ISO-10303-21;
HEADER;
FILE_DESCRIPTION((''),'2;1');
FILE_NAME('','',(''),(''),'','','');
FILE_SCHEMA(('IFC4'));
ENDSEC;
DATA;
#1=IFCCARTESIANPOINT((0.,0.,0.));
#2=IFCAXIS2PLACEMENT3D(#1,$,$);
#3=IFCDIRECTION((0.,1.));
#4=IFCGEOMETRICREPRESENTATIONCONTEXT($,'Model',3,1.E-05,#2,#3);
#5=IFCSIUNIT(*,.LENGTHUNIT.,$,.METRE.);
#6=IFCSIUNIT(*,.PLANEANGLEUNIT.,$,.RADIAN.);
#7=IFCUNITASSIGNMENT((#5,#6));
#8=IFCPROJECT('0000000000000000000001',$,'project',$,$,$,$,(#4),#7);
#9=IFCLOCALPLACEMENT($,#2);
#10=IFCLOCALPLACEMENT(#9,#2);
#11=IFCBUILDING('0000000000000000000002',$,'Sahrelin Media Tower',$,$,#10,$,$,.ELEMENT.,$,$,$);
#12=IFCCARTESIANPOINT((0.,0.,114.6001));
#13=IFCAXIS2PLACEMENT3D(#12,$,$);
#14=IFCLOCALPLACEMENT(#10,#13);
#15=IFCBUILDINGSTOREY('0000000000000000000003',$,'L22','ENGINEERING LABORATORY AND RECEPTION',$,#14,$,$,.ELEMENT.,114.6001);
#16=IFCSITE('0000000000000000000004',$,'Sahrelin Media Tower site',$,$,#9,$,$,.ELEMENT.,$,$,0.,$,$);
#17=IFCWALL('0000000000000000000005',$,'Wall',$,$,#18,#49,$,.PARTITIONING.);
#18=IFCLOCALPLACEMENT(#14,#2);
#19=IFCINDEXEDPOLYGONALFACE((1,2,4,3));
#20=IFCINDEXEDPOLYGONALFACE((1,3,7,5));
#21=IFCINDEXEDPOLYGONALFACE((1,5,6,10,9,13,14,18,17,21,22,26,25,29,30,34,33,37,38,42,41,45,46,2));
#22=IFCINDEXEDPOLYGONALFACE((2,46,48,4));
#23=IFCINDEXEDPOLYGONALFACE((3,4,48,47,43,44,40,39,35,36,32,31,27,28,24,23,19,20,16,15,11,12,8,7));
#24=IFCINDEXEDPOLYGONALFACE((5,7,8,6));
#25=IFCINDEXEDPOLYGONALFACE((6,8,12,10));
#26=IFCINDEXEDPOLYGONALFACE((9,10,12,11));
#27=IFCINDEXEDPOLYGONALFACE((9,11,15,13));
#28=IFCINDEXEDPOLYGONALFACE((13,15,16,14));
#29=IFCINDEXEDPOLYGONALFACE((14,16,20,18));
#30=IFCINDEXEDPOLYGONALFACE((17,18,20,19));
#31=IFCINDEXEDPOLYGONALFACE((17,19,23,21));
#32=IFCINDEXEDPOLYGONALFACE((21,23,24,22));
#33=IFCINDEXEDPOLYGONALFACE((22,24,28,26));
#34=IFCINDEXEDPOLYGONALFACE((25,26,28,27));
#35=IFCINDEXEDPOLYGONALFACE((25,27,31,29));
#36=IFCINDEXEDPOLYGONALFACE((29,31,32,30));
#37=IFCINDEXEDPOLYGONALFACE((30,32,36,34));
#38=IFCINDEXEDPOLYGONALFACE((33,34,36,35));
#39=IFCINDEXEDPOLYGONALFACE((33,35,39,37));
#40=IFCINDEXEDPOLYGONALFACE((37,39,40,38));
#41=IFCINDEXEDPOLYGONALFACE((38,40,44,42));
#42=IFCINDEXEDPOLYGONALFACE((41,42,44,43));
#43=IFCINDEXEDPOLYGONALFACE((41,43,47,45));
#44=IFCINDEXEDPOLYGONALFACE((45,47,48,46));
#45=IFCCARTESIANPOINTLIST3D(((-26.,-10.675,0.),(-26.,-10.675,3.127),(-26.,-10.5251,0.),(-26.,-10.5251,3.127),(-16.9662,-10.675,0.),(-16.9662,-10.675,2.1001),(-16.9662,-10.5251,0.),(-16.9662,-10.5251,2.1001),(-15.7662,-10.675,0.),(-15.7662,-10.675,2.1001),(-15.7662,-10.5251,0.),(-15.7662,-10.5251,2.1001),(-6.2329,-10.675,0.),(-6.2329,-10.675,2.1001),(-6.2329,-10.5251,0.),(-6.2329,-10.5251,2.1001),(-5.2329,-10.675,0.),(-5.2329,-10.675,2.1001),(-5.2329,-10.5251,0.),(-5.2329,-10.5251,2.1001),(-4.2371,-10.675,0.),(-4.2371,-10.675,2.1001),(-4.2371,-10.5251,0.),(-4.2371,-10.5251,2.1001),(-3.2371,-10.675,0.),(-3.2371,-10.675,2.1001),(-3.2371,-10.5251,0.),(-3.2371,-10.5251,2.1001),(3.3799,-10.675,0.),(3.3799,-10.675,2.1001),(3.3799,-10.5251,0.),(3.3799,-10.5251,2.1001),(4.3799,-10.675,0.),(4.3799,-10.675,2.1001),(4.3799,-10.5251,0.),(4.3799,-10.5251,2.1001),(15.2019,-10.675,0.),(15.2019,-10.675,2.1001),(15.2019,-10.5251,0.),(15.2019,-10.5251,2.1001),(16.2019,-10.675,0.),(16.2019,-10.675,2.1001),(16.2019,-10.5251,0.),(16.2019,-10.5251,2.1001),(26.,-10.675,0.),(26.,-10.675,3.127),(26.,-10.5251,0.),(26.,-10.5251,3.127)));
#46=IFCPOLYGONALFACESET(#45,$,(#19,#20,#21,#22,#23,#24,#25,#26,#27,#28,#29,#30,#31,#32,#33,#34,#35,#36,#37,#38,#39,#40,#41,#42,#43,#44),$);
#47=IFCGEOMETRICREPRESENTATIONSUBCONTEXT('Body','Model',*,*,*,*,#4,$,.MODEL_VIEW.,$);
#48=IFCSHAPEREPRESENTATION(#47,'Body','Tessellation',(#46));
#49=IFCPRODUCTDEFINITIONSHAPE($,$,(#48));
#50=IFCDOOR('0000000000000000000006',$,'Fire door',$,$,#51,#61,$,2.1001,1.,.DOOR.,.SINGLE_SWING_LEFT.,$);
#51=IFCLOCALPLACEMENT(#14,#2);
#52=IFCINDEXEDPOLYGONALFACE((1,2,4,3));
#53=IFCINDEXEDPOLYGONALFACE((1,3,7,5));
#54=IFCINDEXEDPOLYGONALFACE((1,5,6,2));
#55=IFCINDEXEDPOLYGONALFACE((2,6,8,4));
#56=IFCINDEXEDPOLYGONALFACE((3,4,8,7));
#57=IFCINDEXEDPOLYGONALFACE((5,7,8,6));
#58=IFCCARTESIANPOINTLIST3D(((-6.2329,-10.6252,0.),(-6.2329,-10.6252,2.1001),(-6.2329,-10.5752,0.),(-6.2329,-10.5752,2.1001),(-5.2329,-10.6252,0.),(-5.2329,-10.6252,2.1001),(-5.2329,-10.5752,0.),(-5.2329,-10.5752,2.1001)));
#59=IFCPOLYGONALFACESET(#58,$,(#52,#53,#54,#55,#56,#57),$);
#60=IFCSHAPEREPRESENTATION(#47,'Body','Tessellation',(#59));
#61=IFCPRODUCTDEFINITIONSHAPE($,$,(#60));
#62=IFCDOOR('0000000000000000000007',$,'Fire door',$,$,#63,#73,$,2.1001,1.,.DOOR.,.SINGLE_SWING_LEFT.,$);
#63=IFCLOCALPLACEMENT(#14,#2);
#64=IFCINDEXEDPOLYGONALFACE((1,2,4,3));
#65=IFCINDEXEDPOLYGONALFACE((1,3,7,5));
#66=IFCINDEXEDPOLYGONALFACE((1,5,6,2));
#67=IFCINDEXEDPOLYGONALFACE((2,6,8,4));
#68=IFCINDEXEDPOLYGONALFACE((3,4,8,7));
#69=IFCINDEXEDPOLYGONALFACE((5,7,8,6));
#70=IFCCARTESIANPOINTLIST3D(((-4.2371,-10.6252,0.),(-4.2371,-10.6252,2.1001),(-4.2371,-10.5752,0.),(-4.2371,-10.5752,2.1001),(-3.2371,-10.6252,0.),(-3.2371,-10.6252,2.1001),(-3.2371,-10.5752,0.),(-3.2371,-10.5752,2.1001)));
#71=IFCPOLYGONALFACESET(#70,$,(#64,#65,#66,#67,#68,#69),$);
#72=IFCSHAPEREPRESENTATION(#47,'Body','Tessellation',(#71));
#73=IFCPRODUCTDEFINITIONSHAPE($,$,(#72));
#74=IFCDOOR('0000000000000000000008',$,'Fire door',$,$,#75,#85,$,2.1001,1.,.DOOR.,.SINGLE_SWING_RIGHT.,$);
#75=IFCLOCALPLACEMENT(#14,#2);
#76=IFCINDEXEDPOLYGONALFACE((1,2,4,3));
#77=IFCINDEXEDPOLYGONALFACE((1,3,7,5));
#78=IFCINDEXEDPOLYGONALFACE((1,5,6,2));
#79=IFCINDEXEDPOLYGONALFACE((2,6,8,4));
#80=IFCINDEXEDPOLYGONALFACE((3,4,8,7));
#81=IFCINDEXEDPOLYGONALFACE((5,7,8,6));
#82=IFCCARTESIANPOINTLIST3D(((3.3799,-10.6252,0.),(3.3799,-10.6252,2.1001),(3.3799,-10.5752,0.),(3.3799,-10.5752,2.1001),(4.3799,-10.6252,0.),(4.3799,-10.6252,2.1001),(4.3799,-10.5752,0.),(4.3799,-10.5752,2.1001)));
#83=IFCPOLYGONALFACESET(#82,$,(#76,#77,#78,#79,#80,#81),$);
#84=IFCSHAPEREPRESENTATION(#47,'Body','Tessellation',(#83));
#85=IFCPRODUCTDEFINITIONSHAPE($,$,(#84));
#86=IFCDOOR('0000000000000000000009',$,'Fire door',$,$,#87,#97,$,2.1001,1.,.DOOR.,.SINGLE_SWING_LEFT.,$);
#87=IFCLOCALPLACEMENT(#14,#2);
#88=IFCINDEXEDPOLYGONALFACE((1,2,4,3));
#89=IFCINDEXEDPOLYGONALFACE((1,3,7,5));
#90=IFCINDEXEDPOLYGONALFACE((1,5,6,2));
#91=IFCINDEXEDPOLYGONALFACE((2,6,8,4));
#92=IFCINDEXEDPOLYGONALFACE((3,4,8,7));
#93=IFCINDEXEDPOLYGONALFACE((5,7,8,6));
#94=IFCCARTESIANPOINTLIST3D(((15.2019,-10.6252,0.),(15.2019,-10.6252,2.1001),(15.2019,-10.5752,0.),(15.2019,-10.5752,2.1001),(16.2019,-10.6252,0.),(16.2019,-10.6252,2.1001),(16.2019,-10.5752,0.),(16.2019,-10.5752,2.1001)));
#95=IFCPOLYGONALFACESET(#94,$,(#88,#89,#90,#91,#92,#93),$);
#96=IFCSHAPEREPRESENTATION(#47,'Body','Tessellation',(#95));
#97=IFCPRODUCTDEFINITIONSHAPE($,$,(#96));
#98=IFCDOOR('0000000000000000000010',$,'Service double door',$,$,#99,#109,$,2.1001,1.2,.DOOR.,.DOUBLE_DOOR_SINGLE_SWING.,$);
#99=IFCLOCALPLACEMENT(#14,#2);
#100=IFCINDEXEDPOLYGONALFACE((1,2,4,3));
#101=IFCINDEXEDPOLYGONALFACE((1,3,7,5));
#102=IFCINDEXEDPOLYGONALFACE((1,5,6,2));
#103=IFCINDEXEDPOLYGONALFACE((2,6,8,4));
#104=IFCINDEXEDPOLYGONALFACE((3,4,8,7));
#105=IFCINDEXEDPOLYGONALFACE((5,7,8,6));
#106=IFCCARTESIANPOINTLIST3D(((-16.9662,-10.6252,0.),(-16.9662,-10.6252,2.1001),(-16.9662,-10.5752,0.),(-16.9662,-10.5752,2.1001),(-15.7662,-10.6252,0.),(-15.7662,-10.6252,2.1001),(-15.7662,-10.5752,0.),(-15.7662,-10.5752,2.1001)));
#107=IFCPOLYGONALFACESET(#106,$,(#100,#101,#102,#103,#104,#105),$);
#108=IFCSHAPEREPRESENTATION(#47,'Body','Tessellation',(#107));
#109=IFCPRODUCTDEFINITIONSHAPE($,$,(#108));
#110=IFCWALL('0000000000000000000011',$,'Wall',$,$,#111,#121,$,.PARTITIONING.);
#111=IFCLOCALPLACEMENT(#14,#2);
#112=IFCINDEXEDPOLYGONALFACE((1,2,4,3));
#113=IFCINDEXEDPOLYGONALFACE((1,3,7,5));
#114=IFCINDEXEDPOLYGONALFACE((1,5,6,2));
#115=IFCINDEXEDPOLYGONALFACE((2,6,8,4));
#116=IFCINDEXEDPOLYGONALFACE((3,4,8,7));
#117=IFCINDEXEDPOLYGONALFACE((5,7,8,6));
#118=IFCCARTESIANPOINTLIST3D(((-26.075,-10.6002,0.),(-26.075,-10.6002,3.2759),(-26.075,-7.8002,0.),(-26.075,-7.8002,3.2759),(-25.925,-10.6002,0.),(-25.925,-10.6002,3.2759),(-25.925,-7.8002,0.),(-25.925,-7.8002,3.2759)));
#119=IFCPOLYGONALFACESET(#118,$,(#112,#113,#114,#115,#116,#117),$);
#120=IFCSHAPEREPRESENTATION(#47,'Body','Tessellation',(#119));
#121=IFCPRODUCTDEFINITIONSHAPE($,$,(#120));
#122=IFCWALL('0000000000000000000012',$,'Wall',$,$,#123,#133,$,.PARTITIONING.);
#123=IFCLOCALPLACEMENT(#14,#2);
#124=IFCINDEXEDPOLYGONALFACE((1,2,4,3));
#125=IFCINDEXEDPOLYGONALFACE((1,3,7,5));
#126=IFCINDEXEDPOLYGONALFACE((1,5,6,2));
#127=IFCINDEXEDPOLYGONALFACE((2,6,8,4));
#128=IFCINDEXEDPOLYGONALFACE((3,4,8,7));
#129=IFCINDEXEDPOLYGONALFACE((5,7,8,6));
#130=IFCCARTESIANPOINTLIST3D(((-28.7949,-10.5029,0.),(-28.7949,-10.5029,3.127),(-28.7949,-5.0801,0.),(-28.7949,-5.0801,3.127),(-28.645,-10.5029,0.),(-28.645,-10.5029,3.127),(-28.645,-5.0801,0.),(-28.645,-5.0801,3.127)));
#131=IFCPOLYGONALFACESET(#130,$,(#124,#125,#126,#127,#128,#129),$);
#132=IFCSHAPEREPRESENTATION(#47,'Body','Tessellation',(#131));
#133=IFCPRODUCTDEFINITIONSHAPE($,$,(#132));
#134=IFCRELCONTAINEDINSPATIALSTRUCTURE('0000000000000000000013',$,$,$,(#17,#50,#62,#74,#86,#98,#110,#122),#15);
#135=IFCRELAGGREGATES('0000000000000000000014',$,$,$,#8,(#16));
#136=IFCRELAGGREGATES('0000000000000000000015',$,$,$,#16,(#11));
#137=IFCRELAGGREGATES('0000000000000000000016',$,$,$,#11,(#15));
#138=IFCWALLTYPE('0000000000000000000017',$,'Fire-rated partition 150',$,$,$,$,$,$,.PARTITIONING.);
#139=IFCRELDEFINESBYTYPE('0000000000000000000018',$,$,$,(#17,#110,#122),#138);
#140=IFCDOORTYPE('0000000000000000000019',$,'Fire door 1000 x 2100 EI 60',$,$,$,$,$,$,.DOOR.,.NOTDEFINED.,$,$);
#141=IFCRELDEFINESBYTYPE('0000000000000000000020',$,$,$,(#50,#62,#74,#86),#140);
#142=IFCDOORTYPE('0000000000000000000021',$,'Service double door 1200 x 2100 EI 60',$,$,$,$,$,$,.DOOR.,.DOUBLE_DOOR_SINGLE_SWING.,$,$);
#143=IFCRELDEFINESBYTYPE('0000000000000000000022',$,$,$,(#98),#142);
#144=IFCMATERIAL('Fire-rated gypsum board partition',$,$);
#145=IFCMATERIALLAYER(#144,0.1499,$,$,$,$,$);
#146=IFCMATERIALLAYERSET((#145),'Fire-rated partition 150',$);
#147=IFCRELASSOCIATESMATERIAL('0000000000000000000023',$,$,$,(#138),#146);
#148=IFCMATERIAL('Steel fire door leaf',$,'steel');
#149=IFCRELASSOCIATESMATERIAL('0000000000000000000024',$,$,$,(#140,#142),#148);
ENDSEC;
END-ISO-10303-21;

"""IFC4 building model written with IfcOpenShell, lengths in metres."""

from ifc_helpers import new_model, si_unit, direction, frame, frame_2d, origin, place, context, subcontext, project, spatial, rectangle, extrude, material, layer, layer_set, type_object, element, fill, save


model = new_model("IFC4")

# Units and contexts
model_context = context("Model", 3, precision=1e-05, world=origin(), true_north=direction((0.0, 1.0)))
body_context = subcontext(model_context, "Body", "Model", "MODEL_VIEW")
ifc_project = project(units=[si_unit("LENGTHUNIT", "METRE"), si_unit("PLANEANGLEUNIT", "RADIAN")], contexts=[model_context])

# Site, building, storey
site_placement = place(None, origin())
site = spatial("IfcSite", under=ifc_project, at=site_placement, Name="Sahrelin Media Tower site", CompositionType="ELEMENT", RefElevation=0.0)
building_placement = place(site_placement, origin())
building = spatial("IfcBuilding", under=site, at=building_placement, Name="Sahrelin Media Tower", CompositionType="ELEMENT")
storey_placement = place(building_placement, frame((0.0, 0.0, 114.6001)))
storey = spatial("IfcBuildingStorey", under=building, at=storey_placement, Name="L22", Description="ENGINEERING LABORATORY AND RECEPTION", CompositionType="ELEMENT", Elevation=114.6001)

# Wall, openings, doors
ifc_material_1 = material(Name="Fire-rated gypsum board partition")
ifc_layer_1 = layer(ifc_material_1, 0.1499)
ifc_layer_set_1 = layer_set([ifc_layer_1], Name="Fire-rated partition 150")
wall_type_1 = type_object("IfcWallType", Name="Fire-rated partition 150", PredefinedType="PARTITIONING", material=ifc_layer_set_1)
wall_1_placement = place(storey_placement, frame((-26.0, -10.6001, 0.0), z_axis=(0.0, 0.0, 1.0), x_axis=(1.0, 0.0, 0.0)))
wall_1 = element("IfcWall", 1, at=wall_1_placement, inside=storey, type_object=wall_type_1, Name="Wall", PredefinedType="PARTITIONING", context=body_context, shape_type="SweptSolid", body=[
    extrude(rectangle(XDim=52.0, YDim=0.1499, at=frame_2d((26.0, 0.0))), origin(), (0.0, 0.0, 1.0), 3.127),
])
opening_1_placement = place(wall_1_placement, frame((9.0337, 0.0, 0.0)))
opening_1 = element("IfcOpeningElement", 2, at=opening_1_placement, cuts=wall_1, PredefinedType="OPENING", context=body_context, shape_type="SweptSolid", body=[
    extrude(rectangle(XDim=1.2, YDim=2.1001, at=frame_2d((0.6001, 1.05))), frame((0.0, 0.075, 0.0), z_axis=(0.0, -1.0, 0.0), x_axis=(1.0, 0.0, 0.0)), (0.0, 0.0, 1.0), 0.1499),
])
opening_2_placement = place(wall_1_placement, frame((19.7671, 0.0, 0.0)))
opening_2 = element("IfcOpeningElement", 3, at=opening_2_placement, cuts=wall_1, PredefinedType="OPENING", context=body_context, shape_type="SweptSolid", body=[
    extrude(rectangle(XDim=1.0, YDim=2.1001, at=frame_2d((0.5, 1.05))), frame((0.0, 0.075, 0.0), z_axis=(0.0, -1.0, 0.0), x_axis=(1.0, 0.0, 0.0)), (0.0, 0.0, 1.0), 0.1499),
])
opening_3_placement = place(wall_1_placement, frame((21.7629, 0.0, 0.0)))
opening_3 = element("IfcOpeningElement", 4, at=opening_3_placement, cuts=wall_1, PredefinedType="OPENING", context=body_context, shape_type="SweptSolid", body=[
    extrude(rectangle(XDim=1.0, YDim=2.1001, at=frame_2d((0.5, 1.05))), frame((0.0, 0.075, 0.0), z_axis=(0.0, -1.0, 0.0), x_axis=(1.0, 0.0, 0.0)), (0.0, 0.0, 1.0), 0.1499),
])
opening_4_placement = place(wall_1_placement, frame((29.3799, 0.0, 0.0)))
opening_4 = element("IfcOpeningElement", 5, at=opening_4_placement, cuts=wall_1, PredefinedType="OPENING", context=body_context, shape_type="SweptSolid", body=[
    extrude(rectangle(XDim=1.0, YDim=2.1001, at=frame_2d((0.5, 1.05))), frame((0.0, 0.075, 0.0), z_axis=(0.0, -1.0, 0.0), x_axis=(1.0, 0.0, 0.0)), (0.0, 0.0, 1.0), 0.1499),
])
opening_5_placement = place(wall_1_placement, frame((41.2019, 0.0, 0.0)))
opening_5 = element("IfcOpeningElement", 6, at=opening_5_placement, cuts=wall_1, PredefinedType="OPENING", context=body_context, shape_type="SweptSolid", body=[
    extrude(rectangle(XDim=1.0, YDim=2.1001, at=frame_2d((0.5, 1.05))), frame((0.0, 0.075, 0.0), z_axis=(0.0, -1.0, 0.0), x_axis=(1.0, 0.0, 0.0)), (0.0, 0.0, 1.0), 0.1499),
])
ifc_material_2 = material(Name="Steel fire door leaf", Category="steel")
door_type_1 = type_object("IfcDoorType", Name="Fire door 1000 x 2100 EI 60", OperationType="NOTDEFINED", PredefinedType="DOOR", material=ifc_material_2)
door_1_placement = place(opening_2_placement, origin())
door_1 = element("IfcDoor", 7, at=door_1_placement, inside=storey, type_object=door_type_1, Name="Fire door", OperationType="SINGLE_SWING_LEFT", OverallHeight=2.1001, OverallWidth=1.0, PredefinedType="DOOR", context=body_context, shape_type="SweptSolid", body=[
    extrude(rectangle(XDim=1.0, YDim=2.1001, at=frame_2d((0.5, 1.05))), frame((0.0, 0.0249, 0.0), z_axis=(0.0, -1.0, 0.0), x_axis=(1.0, 0.0, 0.0)), (0.0, 0.0, 1.0), 0.05),
])
fill(opening_2, door_1)
door_2_placement = place(opening_3_placement, origin())
door_2 = element("IfcDoor", 8, at=door_2_placement, inside=storey, type_object=door_type_1, Name="Fire door", OperationType="SINGLE_SWING_LEFT", OverallHeight=2.1001, OverallWidth=1.0, PredefinedType="DOOR", context=body_context, shape_type="SweptSolid", body=[
    extrude(rectangle(XDim=1.0, YDim=2.1001, at=frame_2d((0.5, 1.05))), frame((0.0, 0.0249, 0.0), z_axis=(0.0, -1.0, 0.0), x_axis=(1.0, 0.0, 0.0)), (0.0, 0.0, 1.0), 0.05),
])
fill(opening_3, door_2)
door_3_placement = place(opening_4_placement, origin())
door_3 = element("IfcDoor", 9, at=door_3_placement, inside=storey, type_object=door_type_1, Name="Fire door", OperationType="SINGLE_SWING_RIGHT", OverallHeight=2.1001, OverallWidth=1.0, PredefinedType="DOOR", context=body_context, shape_type="SweptSolid", body=[
    extrude(rectangle(XDim=1.0, YDim=2.1001, at=frame_2d((0.5, 1.05))), frame((0.0, 0.0249, 0.0), z_axis=(0.0, -1.0, 0.0), x_axis=(1.0, 0.0, 0.0)), (0.0, 0.0, 1.0), 0.05),
])
fill(opening_4, door_3)
door_4_placement = place(opening_5_placement, origin())
door_4 = element("IfcDoor", 10, at=door_4_placement, inside=storey, type_object=door_type_1, Name="Fire door", OperationType="SINGLE_SWING_LEFT", OverallHeight=2.1001, OverallWidth=1.0, PredefinedType="DOOR", context=body_context, shape_type="SweptSolid", body=[
    extrude(rectangle(XDim=1.0, YDim=2.1001, at=frame_2d((0.5, 1.05))), frame((0.0, 0.0249, 0.0), z_axis=(0.0, -1.0, 0.0), x_axis=(1.0, 0.0, 0.0)), (0.0, 0.0, 1.0), 0.05),
])
fill(opening_5, door_4)
door_type_2 = type_object("IfcDoorType", Name="Service double door 1200 x 2100 EI 60", OperationType="DOUBLE_DOOR_SINGLE_SWING", PredefinedType="DOOR", material=ifc_material_2)
door_5_placement = place(opening_1_placement, origin())
door_5 = element("IfcDoor", 11, at=door_5_placement, inside=storey, type_object=door_type_2, Name="Service double door", OperationType="DOUBLE_DOOR_SINGLE_SWING", OverallHeight=2.1001, OverallWidth=1.2, PredefinedType="DOOR", context=body_context, shape_type="SweptSolid", body=[
    extrude(rectangle(XDim=1.2, YDim=2.1001, at=frame_2d((0.6001, 1.05))), frame((0.0, 0.0249, 0.0), z_axis=(0.0, -1.0, 0.0), x_axis=(1.0, 0.0, 0.0)), (0.0, 0.0, 1.0), 0.05),
])
fill(opening_1, door_5)

# Walls
wall_2_placement = place(storey_placement, frame((-26.0, -10.6001, 0.0), z_axis=(0.0, 0.0, 1.0), x_axis=(0.0, 1.0, 0.0)))
element("IfcWall", 12, at=wall_2_placement, inside=storey, type_object=wall_type_1, Name="Wall", PredefinedType="PARTITIONING", context=body_context, shape_type="SweptSolid", body=[
    extrude(rectangle(XDim=2.8, YDim=0.1499, at=frame_2d((1.3999, 0.0))), origin(), (0.0, 0.0, 1.0), 3.2759),
])
wall_3_placement = place(storey_placement, frame((-28.72, -10.5029, 0.0), z_axis=(0.0, 0.0, 1.0), x_axis=(0.0, 1.0, 0.0)))
element("IfcWall", 13, at=wall_3_placement, inside=storey, type_object=wall_type_1, Name="Wall", PredefinedType="PARTITIONING", context=body_context, shape_type="SweptSolid", body=[
    extrude(rectangle(XDim=5.4229, YDim=0.1499, at=frame_2d((2.7114, 0.0))), origin(), (0.0, 0.0, 1.0), 3.127),
])

save(model, "model.ifc")
